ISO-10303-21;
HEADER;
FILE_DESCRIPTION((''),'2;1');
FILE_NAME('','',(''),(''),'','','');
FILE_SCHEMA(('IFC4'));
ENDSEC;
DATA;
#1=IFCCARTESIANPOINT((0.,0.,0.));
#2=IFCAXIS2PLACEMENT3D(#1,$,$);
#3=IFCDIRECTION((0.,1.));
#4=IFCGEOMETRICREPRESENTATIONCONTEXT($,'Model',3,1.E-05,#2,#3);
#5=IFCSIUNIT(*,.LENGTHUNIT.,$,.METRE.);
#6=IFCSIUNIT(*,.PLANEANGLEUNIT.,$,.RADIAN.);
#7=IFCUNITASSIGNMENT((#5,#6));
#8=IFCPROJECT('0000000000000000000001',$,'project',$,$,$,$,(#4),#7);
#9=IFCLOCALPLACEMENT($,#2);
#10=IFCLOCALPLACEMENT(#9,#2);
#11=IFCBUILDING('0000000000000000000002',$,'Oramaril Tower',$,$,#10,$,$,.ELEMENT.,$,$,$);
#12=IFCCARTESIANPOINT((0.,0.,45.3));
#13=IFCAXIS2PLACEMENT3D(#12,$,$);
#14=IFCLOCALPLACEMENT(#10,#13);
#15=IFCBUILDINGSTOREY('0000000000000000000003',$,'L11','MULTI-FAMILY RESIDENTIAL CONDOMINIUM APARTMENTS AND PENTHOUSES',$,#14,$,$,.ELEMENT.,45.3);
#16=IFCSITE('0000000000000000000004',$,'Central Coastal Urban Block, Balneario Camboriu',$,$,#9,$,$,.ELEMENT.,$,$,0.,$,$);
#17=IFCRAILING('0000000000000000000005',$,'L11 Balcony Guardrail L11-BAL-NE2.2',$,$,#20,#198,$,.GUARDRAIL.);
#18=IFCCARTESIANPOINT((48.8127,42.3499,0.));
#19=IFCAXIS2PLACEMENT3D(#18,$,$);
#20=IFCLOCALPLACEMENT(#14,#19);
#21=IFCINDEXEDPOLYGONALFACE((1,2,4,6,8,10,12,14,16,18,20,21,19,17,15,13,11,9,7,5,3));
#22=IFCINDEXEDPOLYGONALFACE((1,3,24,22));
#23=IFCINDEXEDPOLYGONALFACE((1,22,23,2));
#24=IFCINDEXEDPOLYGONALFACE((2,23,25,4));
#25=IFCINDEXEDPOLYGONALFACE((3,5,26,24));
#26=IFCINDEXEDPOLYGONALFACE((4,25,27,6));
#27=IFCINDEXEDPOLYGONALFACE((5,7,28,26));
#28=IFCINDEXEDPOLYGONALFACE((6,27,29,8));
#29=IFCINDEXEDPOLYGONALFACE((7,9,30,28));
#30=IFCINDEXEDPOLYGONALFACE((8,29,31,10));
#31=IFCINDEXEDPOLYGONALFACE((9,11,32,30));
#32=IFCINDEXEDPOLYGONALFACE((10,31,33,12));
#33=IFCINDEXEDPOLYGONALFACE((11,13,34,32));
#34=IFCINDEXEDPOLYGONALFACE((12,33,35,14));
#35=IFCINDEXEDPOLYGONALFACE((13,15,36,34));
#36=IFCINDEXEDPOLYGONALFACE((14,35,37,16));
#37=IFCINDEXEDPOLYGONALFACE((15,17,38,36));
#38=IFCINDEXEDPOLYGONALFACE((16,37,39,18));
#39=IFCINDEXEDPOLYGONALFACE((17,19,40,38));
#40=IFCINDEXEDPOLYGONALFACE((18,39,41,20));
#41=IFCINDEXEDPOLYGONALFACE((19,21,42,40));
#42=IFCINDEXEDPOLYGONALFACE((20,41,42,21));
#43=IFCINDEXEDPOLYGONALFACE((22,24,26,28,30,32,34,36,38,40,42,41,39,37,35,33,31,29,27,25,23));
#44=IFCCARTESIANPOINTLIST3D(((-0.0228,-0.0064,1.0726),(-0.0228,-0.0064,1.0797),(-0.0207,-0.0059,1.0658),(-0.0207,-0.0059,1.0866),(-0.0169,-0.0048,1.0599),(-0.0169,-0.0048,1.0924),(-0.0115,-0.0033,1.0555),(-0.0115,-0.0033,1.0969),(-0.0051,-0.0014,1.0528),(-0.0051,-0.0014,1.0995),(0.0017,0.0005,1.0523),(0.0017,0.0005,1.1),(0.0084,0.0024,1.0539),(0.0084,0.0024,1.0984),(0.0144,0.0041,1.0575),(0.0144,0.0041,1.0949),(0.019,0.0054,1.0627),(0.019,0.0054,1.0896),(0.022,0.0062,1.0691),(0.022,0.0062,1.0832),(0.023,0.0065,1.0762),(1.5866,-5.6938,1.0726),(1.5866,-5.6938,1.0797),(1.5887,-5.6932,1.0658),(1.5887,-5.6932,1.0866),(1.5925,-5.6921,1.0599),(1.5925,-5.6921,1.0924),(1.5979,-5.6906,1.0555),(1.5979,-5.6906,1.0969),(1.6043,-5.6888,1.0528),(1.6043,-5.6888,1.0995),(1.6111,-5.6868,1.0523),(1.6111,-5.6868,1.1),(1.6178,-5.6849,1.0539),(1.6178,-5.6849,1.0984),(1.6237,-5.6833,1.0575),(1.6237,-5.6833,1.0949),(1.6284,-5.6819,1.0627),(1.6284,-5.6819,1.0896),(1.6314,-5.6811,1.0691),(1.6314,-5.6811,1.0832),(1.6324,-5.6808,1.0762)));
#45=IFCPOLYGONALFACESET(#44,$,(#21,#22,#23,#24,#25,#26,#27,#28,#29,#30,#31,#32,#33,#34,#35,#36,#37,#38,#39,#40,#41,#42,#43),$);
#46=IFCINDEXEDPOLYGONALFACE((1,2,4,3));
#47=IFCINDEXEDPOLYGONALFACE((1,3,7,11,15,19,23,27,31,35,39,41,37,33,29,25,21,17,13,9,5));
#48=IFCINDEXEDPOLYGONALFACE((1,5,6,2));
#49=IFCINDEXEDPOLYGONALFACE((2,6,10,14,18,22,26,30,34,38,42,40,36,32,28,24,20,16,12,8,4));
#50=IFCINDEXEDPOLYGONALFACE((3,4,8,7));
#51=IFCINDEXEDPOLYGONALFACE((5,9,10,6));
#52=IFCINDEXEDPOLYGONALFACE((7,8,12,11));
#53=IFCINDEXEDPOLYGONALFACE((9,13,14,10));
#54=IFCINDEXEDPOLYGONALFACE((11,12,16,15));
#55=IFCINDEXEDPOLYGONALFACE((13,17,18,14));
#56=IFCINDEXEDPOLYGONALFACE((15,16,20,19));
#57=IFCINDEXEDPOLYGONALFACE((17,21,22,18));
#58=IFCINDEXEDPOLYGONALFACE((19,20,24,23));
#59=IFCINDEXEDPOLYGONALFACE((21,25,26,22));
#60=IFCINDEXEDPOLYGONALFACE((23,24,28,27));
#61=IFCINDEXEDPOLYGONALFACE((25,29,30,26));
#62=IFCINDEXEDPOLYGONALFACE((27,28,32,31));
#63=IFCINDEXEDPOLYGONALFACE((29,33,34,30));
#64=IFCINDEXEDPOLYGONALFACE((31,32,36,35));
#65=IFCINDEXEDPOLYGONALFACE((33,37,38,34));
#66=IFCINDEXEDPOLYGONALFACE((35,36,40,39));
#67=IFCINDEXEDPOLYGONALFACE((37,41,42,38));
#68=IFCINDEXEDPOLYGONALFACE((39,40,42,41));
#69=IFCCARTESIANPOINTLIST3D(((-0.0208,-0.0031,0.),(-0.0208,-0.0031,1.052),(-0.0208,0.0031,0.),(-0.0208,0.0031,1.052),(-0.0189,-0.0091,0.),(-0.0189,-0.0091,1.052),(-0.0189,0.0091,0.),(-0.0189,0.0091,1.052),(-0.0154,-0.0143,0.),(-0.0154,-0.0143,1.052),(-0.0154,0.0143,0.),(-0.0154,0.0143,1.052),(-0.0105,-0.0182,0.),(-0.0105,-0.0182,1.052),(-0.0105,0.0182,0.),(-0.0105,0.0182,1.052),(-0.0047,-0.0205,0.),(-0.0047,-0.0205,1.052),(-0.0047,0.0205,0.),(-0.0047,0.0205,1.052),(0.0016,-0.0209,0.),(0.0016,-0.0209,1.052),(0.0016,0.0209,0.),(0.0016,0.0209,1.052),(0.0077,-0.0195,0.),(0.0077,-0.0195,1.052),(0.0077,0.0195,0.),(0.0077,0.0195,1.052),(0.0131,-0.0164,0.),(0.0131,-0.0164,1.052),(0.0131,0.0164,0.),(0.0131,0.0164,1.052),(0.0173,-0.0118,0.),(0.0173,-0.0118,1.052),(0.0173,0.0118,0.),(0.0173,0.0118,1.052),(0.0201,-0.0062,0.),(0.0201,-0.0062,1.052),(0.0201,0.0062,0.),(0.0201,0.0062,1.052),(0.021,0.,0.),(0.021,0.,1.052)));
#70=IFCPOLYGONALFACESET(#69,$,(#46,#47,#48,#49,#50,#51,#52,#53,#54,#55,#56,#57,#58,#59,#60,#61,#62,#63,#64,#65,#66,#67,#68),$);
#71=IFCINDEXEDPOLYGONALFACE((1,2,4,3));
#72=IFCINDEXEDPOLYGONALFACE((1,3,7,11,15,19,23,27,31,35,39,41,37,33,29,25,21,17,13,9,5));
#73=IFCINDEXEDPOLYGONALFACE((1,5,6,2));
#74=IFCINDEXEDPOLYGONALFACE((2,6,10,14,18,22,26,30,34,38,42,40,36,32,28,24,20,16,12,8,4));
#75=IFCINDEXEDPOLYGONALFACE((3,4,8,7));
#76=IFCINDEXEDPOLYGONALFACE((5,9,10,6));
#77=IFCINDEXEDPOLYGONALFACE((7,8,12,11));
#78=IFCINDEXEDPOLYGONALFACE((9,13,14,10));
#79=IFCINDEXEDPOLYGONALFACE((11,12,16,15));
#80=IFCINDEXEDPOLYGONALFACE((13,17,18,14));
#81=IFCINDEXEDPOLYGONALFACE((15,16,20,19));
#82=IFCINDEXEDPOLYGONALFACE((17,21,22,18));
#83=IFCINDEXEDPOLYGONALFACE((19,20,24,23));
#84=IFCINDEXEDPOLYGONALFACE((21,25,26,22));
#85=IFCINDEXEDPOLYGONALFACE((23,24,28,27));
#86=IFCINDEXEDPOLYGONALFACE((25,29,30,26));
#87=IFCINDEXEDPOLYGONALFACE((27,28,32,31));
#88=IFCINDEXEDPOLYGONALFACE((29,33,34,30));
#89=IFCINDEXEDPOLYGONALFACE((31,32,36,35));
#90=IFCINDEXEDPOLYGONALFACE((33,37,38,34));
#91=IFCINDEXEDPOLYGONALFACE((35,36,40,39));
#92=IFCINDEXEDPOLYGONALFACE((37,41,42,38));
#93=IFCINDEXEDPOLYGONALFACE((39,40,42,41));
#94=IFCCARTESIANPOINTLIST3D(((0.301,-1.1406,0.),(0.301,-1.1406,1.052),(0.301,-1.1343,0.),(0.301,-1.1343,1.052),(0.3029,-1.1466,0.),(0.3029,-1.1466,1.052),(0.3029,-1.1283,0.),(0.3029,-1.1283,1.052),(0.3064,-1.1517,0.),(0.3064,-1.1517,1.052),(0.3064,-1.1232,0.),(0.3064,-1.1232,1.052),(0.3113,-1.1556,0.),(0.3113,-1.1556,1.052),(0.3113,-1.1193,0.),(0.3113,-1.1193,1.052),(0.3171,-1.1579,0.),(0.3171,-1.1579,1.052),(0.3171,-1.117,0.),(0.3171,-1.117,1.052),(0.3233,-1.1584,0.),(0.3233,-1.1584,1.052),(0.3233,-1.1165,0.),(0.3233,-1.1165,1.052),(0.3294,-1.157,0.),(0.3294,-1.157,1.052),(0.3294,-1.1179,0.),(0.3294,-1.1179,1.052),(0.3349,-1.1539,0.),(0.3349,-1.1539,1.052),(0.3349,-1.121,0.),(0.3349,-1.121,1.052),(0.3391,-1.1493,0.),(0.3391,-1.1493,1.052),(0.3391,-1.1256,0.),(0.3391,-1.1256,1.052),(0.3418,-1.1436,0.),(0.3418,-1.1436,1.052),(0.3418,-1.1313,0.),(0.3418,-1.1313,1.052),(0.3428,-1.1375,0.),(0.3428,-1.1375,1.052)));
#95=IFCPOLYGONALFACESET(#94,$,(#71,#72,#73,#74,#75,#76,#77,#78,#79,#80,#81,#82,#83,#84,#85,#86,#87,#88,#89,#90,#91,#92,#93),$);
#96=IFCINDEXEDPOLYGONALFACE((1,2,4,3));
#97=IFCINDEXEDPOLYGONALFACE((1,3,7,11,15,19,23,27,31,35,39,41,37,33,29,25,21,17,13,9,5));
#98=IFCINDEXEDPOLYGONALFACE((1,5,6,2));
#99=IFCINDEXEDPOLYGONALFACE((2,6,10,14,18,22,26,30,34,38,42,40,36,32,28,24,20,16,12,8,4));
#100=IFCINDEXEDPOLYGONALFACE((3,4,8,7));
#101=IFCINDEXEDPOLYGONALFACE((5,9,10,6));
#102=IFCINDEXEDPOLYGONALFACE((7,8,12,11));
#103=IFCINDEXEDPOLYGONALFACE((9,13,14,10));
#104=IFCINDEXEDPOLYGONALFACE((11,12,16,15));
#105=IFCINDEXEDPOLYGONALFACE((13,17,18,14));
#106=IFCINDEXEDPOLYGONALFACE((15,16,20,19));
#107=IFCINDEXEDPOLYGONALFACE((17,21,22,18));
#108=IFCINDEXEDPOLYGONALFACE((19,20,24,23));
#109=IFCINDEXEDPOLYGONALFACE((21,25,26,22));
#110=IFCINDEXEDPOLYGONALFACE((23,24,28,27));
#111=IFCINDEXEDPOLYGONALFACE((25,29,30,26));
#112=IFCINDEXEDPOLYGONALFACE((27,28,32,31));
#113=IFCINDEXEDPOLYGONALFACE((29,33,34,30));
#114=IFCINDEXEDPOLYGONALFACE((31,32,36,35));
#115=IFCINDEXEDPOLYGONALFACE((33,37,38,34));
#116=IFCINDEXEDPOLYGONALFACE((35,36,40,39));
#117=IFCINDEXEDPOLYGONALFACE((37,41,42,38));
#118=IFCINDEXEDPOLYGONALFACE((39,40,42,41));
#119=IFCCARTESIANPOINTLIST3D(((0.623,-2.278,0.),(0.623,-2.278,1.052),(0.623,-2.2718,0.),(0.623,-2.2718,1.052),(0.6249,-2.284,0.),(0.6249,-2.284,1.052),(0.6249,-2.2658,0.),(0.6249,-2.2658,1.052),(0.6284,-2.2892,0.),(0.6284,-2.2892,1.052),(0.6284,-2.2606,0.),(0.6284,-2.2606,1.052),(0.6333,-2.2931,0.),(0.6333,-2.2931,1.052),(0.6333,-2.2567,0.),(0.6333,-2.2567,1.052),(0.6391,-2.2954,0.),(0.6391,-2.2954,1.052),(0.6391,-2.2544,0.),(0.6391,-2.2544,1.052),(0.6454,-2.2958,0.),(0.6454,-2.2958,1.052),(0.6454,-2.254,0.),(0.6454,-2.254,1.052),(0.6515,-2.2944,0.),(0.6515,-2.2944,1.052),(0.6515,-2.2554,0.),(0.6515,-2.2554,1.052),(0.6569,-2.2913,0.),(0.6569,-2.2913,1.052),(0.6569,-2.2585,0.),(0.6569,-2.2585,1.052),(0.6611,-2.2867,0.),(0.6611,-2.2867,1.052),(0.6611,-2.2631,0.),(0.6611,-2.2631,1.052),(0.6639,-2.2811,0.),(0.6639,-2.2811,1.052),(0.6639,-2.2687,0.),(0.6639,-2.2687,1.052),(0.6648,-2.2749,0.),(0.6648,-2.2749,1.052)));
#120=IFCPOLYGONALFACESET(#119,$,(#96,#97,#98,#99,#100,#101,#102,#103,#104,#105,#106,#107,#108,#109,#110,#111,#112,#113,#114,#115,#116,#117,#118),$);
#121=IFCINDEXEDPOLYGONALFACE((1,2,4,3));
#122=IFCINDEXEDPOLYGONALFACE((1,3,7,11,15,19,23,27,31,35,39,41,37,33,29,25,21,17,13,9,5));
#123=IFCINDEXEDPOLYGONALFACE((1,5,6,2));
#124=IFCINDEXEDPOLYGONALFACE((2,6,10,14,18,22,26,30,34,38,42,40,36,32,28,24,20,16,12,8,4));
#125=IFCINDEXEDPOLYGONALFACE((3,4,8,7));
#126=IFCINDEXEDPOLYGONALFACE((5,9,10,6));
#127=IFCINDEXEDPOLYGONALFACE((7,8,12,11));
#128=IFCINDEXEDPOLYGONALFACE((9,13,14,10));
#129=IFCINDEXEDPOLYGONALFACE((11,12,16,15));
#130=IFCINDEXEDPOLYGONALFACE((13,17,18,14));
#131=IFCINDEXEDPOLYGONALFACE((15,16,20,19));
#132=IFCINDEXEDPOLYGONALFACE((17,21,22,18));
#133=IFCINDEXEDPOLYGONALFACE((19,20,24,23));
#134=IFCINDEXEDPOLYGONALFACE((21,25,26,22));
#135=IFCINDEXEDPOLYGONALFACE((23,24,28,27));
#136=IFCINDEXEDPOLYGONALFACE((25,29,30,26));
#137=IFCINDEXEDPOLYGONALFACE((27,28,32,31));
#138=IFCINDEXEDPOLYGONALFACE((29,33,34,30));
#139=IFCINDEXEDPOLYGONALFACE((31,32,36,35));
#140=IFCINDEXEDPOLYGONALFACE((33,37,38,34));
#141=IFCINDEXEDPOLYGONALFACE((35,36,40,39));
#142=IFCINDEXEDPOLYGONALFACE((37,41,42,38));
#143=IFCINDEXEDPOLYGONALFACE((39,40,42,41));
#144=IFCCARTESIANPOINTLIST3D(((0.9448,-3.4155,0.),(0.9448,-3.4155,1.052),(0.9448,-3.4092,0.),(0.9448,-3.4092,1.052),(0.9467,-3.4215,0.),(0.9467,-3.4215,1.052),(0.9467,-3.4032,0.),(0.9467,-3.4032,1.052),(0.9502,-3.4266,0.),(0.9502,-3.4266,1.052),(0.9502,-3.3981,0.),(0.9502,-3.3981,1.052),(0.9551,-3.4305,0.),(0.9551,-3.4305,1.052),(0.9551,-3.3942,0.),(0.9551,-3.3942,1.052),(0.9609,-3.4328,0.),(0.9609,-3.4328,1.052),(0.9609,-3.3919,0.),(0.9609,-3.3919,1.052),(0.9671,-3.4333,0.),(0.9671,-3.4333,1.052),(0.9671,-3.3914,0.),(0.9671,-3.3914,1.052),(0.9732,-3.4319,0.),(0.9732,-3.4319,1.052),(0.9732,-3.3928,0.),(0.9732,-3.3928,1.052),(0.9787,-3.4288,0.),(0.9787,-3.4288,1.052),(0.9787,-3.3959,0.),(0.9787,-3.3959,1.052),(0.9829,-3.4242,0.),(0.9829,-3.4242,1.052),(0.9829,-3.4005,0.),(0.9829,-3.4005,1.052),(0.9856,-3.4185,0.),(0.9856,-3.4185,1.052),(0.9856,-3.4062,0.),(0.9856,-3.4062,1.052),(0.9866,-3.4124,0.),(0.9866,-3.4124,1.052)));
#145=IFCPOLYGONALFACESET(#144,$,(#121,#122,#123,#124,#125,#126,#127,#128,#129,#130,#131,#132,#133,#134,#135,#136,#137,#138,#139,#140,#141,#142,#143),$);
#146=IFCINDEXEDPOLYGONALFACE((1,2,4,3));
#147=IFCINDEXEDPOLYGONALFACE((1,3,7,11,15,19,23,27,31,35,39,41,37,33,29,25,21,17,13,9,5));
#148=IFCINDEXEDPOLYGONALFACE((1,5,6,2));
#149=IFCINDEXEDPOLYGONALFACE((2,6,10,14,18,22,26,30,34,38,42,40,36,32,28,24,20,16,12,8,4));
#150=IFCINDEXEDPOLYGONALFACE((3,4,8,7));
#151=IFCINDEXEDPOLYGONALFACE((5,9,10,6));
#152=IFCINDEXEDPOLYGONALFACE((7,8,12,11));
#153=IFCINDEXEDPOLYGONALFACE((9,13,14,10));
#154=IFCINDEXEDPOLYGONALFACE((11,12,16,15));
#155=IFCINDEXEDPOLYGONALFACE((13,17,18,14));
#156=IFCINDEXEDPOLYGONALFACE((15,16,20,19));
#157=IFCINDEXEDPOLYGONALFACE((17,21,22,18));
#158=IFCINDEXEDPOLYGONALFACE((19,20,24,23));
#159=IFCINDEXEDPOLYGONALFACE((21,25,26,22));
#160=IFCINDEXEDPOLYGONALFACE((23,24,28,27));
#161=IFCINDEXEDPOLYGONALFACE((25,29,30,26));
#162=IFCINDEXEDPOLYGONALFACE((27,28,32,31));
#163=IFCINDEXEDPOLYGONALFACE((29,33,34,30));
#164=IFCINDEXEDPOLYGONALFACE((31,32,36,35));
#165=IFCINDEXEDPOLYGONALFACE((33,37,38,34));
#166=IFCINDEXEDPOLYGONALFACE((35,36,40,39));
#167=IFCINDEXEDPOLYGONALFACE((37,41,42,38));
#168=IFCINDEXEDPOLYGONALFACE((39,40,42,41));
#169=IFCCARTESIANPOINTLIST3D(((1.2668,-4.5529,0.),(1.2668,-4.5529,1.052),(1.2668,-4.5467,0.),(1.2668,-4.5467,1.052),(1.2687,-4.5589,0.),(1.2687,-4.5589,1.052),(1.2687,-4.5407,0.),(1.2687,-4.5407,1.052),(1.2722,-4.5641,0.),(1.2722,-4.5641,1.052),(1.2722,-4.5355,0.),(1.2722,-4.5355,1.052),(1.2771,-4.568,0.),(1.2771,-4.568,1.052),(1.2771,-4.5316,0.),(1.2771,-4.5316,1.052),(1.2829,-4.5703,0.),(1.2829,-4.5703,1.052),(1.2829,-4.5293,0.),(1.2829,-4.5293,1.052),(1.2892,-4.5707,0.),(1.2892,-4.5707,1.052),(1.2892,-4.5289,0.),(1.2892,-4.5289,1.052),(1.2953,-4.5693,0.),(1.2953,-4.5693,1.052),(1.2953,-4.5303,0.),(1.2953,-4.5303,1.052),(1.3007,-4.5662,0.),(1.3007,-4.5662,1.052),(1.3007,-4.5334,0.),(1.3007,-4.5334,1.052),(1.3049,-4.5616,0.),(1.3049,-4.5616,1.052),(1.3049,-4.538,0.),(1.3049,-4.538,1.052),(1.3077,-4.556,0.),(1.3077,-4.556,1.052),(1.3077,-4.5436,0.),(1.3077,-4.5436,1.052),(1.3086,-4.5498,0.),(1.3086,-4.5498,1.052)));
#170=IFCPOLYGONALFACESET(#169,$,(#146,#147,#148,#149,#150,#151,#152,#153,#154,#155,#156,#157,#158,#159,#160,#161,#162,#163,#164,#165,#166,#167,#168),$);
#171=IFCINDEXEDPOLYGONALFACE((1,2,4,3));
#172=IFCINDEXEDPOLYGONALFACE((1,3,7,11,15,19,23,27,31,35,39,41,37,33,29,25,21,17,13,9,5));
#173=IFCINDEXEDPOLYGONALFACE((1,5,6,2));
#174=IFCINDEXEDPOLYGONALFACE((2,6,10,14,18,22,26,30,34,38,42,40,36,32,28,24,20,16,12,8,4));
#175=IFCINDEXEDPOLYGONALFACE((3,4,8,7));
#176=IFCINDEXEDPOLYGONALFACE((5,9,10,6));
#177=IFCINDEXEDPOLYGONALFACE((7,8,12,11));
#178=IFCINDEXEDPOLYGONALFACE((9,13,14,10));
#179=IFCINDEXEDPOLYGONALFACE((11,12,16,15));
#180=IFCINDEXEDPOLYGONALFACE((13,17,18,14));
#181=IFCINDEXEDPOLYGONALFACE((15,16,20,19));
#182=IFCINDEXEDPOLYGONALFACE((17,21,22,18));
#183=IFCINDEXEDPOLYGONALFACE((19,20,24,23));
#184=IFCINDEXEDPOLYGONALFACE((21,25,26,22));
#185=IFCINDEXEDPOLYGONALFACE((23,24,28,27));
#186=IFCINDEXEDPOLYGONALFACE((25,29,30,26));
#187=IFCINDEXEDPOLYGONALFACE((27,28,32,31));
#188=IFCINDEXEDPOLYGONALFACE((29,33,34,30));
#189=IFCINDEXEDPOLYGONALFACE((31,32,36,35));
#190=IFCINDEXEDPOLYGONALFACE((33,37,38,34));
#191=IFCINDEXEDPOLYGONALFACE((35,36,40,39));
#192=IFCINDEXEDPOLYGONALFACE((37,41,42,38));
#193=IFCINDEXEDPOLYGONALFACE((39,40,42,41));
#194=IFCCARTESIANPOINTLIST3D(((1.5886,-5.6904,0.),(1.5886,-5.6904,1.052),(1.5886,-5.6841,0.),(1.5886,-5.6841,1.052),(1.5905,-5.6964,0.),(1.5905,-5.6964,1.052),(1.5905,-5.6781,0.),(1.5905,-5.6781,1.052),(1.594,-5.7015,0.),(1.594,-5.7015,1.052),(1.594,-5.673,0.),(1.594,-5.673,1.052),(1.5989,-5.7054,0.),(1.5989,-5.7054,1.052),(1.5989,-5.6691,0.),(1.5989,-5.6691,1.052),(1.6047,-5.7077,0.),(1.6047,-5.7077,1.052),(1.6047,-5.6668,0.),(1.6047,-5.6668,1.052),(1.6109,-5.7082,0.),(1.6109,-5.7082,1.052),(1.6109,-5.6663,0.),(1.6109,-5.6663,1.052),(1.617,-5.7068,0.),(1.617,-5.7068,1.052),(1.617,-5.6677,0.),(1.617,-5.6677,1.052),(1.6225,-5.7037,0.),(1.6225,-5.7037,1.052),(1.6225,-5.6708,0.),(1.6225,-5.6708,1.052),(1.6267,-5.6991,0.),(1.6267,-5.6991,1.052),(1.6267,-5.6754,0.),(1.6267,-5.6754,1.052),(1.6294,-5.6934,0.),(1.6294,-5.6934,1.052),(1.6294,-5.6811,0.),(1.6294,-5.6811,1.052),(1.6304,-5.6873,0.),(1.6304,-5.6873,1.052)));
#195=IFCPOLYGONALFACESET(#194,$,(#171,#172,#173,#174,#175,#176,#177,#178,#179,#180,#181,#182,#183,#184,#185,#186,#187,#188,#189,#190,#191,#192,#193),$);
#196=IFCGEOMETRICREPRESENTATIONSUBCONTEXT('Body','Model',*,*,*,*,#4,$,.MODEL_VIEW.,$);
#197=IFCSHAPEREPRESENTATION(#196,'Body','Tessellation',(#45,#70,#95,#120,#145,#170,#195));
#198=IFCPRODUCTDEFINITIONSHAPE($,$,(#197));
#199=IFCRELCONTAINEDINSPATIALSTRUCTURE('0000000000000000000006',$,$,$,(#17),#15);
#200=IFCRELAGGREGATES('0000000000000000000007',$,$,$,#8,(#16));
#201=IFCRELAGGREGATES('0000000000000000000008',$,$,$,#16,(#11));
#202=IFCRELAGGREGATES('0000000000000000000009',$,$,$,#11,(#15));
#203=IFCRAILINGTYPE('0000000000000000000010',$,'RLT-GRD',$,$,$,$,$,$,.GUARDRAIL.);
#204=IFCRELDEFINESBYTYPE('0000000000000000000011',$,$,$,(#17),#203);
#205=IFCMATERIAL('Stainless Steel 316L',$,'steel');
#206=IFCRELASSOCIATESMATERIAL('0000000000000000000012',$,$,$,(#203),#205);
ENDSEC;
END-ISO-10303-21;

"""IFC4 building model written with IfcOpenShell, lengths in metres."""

from ifc_helpers import new_model, si_unit, direction, frame, origin, origin_2d, place, context, subcontext, project, spatial, circle, extrude, material, type_object, element, save


model = new_model("IFC4")

# Units and contexts
model_context = context("Model", 3, precision=1e-05, world=origin(), true_north=direction((0.0, 1.0)))
body_context = subcontext(model_context, "Body", "Model", "MODEL_VIEW")
ifc_project = project(units=[si_unit("LENGTHUNIT", "METRE"), si_unit("PLANEANGLEUNIT", "RADIAN")], contexts=[model_context])

# Site, building, storey
site_placement = place(None, origin())
site = spatial("IfcSite", under=ifc_project, at=site_placement, Name="Central Coastal Urban Block, Balneario Camboriu", CompositionType="ELEMENT", RefElevation=0.0)
building_placement = place(site_placement, origin())
building = spatial("IfcBuilding", under=site, at=building_placement, Name="Oramaril Tower", CompositionType="ELEMENT")
storey_placement = place(building_placement, frame((0.0, 0.0, 45.3)))
storey = spatial("IfcBuildingStorey", under=building, at=storey_placement, Name="L11", Description="MULTI-FAMILY RESIDENTIAL CONDOMINIUM APARTMENTS AND PENTHOUSES", CompositionType="ELEMENT", Elevation=45.3)

# Railing
ifc_material_1 = material(Name="Stainless Steel 316L", Category="steel")
railing_type = type_object("IfcRailingType", Name="RLT-GRD", PredefinedType="GUARDRAIL", material=ifc_material_1)
railing_1_placement = place(storey_placement, frame((48.8127, 42.3499, 0.0)))
element("IfcRailing", 1, at=railing_1_placement, inside=storey, type_object=railing_type, Name="L11 Balcony Guardrail L11-BAL-NE2.2", PredefinedType="GUARDRAIL", context=body_context, shape_type="SweptSolid", body=[
    extrude(circle(Radius=0.0239, at=origin_2d()), frame((0.0, 0.0, 1.0762), z_axis=(0.272287, -0.962216, 0.0), x_axis=(0.962216, 0.272287, 0.0)), (0.0, 0.0, 1.0), 5.9106),
    extrude(circle(Radius=0.021, at=origin_2d()), origin(), (0.0, 0.0, 1.0), 1.052),
    extrude(circle(Radius=0.021, at=origin_2d()), frame((0.3218, -1.1375, 0.0)), (0.0, 0.0, 1.0), 1.052),
    extrude(circle(Radius=0.021, at=origin_2d()), frame((0.6438, -2.2749, 0.0)), (0.0, 0.0, 1.0), 1.052),
    extrude(circle(Radius=0.021, at=origin_2d()), frame((0.9656, -3.4124, 0.0)), (0.0, 0.0, 1.0), 1.052),
    extrude(circle(Radius=0.021, at=origin_2d()), frame((1.2876, -4.5498, 0.0)), (0.0, 0.0, 1.0), 1.052),
    extrude(circle(Radius=0.021, at=origin_2d()), frame((1.6094, -5.6873, 0.0)), (0.0, 0.0, 1.0), 1.052),
])

save(model, "model.ifc")
